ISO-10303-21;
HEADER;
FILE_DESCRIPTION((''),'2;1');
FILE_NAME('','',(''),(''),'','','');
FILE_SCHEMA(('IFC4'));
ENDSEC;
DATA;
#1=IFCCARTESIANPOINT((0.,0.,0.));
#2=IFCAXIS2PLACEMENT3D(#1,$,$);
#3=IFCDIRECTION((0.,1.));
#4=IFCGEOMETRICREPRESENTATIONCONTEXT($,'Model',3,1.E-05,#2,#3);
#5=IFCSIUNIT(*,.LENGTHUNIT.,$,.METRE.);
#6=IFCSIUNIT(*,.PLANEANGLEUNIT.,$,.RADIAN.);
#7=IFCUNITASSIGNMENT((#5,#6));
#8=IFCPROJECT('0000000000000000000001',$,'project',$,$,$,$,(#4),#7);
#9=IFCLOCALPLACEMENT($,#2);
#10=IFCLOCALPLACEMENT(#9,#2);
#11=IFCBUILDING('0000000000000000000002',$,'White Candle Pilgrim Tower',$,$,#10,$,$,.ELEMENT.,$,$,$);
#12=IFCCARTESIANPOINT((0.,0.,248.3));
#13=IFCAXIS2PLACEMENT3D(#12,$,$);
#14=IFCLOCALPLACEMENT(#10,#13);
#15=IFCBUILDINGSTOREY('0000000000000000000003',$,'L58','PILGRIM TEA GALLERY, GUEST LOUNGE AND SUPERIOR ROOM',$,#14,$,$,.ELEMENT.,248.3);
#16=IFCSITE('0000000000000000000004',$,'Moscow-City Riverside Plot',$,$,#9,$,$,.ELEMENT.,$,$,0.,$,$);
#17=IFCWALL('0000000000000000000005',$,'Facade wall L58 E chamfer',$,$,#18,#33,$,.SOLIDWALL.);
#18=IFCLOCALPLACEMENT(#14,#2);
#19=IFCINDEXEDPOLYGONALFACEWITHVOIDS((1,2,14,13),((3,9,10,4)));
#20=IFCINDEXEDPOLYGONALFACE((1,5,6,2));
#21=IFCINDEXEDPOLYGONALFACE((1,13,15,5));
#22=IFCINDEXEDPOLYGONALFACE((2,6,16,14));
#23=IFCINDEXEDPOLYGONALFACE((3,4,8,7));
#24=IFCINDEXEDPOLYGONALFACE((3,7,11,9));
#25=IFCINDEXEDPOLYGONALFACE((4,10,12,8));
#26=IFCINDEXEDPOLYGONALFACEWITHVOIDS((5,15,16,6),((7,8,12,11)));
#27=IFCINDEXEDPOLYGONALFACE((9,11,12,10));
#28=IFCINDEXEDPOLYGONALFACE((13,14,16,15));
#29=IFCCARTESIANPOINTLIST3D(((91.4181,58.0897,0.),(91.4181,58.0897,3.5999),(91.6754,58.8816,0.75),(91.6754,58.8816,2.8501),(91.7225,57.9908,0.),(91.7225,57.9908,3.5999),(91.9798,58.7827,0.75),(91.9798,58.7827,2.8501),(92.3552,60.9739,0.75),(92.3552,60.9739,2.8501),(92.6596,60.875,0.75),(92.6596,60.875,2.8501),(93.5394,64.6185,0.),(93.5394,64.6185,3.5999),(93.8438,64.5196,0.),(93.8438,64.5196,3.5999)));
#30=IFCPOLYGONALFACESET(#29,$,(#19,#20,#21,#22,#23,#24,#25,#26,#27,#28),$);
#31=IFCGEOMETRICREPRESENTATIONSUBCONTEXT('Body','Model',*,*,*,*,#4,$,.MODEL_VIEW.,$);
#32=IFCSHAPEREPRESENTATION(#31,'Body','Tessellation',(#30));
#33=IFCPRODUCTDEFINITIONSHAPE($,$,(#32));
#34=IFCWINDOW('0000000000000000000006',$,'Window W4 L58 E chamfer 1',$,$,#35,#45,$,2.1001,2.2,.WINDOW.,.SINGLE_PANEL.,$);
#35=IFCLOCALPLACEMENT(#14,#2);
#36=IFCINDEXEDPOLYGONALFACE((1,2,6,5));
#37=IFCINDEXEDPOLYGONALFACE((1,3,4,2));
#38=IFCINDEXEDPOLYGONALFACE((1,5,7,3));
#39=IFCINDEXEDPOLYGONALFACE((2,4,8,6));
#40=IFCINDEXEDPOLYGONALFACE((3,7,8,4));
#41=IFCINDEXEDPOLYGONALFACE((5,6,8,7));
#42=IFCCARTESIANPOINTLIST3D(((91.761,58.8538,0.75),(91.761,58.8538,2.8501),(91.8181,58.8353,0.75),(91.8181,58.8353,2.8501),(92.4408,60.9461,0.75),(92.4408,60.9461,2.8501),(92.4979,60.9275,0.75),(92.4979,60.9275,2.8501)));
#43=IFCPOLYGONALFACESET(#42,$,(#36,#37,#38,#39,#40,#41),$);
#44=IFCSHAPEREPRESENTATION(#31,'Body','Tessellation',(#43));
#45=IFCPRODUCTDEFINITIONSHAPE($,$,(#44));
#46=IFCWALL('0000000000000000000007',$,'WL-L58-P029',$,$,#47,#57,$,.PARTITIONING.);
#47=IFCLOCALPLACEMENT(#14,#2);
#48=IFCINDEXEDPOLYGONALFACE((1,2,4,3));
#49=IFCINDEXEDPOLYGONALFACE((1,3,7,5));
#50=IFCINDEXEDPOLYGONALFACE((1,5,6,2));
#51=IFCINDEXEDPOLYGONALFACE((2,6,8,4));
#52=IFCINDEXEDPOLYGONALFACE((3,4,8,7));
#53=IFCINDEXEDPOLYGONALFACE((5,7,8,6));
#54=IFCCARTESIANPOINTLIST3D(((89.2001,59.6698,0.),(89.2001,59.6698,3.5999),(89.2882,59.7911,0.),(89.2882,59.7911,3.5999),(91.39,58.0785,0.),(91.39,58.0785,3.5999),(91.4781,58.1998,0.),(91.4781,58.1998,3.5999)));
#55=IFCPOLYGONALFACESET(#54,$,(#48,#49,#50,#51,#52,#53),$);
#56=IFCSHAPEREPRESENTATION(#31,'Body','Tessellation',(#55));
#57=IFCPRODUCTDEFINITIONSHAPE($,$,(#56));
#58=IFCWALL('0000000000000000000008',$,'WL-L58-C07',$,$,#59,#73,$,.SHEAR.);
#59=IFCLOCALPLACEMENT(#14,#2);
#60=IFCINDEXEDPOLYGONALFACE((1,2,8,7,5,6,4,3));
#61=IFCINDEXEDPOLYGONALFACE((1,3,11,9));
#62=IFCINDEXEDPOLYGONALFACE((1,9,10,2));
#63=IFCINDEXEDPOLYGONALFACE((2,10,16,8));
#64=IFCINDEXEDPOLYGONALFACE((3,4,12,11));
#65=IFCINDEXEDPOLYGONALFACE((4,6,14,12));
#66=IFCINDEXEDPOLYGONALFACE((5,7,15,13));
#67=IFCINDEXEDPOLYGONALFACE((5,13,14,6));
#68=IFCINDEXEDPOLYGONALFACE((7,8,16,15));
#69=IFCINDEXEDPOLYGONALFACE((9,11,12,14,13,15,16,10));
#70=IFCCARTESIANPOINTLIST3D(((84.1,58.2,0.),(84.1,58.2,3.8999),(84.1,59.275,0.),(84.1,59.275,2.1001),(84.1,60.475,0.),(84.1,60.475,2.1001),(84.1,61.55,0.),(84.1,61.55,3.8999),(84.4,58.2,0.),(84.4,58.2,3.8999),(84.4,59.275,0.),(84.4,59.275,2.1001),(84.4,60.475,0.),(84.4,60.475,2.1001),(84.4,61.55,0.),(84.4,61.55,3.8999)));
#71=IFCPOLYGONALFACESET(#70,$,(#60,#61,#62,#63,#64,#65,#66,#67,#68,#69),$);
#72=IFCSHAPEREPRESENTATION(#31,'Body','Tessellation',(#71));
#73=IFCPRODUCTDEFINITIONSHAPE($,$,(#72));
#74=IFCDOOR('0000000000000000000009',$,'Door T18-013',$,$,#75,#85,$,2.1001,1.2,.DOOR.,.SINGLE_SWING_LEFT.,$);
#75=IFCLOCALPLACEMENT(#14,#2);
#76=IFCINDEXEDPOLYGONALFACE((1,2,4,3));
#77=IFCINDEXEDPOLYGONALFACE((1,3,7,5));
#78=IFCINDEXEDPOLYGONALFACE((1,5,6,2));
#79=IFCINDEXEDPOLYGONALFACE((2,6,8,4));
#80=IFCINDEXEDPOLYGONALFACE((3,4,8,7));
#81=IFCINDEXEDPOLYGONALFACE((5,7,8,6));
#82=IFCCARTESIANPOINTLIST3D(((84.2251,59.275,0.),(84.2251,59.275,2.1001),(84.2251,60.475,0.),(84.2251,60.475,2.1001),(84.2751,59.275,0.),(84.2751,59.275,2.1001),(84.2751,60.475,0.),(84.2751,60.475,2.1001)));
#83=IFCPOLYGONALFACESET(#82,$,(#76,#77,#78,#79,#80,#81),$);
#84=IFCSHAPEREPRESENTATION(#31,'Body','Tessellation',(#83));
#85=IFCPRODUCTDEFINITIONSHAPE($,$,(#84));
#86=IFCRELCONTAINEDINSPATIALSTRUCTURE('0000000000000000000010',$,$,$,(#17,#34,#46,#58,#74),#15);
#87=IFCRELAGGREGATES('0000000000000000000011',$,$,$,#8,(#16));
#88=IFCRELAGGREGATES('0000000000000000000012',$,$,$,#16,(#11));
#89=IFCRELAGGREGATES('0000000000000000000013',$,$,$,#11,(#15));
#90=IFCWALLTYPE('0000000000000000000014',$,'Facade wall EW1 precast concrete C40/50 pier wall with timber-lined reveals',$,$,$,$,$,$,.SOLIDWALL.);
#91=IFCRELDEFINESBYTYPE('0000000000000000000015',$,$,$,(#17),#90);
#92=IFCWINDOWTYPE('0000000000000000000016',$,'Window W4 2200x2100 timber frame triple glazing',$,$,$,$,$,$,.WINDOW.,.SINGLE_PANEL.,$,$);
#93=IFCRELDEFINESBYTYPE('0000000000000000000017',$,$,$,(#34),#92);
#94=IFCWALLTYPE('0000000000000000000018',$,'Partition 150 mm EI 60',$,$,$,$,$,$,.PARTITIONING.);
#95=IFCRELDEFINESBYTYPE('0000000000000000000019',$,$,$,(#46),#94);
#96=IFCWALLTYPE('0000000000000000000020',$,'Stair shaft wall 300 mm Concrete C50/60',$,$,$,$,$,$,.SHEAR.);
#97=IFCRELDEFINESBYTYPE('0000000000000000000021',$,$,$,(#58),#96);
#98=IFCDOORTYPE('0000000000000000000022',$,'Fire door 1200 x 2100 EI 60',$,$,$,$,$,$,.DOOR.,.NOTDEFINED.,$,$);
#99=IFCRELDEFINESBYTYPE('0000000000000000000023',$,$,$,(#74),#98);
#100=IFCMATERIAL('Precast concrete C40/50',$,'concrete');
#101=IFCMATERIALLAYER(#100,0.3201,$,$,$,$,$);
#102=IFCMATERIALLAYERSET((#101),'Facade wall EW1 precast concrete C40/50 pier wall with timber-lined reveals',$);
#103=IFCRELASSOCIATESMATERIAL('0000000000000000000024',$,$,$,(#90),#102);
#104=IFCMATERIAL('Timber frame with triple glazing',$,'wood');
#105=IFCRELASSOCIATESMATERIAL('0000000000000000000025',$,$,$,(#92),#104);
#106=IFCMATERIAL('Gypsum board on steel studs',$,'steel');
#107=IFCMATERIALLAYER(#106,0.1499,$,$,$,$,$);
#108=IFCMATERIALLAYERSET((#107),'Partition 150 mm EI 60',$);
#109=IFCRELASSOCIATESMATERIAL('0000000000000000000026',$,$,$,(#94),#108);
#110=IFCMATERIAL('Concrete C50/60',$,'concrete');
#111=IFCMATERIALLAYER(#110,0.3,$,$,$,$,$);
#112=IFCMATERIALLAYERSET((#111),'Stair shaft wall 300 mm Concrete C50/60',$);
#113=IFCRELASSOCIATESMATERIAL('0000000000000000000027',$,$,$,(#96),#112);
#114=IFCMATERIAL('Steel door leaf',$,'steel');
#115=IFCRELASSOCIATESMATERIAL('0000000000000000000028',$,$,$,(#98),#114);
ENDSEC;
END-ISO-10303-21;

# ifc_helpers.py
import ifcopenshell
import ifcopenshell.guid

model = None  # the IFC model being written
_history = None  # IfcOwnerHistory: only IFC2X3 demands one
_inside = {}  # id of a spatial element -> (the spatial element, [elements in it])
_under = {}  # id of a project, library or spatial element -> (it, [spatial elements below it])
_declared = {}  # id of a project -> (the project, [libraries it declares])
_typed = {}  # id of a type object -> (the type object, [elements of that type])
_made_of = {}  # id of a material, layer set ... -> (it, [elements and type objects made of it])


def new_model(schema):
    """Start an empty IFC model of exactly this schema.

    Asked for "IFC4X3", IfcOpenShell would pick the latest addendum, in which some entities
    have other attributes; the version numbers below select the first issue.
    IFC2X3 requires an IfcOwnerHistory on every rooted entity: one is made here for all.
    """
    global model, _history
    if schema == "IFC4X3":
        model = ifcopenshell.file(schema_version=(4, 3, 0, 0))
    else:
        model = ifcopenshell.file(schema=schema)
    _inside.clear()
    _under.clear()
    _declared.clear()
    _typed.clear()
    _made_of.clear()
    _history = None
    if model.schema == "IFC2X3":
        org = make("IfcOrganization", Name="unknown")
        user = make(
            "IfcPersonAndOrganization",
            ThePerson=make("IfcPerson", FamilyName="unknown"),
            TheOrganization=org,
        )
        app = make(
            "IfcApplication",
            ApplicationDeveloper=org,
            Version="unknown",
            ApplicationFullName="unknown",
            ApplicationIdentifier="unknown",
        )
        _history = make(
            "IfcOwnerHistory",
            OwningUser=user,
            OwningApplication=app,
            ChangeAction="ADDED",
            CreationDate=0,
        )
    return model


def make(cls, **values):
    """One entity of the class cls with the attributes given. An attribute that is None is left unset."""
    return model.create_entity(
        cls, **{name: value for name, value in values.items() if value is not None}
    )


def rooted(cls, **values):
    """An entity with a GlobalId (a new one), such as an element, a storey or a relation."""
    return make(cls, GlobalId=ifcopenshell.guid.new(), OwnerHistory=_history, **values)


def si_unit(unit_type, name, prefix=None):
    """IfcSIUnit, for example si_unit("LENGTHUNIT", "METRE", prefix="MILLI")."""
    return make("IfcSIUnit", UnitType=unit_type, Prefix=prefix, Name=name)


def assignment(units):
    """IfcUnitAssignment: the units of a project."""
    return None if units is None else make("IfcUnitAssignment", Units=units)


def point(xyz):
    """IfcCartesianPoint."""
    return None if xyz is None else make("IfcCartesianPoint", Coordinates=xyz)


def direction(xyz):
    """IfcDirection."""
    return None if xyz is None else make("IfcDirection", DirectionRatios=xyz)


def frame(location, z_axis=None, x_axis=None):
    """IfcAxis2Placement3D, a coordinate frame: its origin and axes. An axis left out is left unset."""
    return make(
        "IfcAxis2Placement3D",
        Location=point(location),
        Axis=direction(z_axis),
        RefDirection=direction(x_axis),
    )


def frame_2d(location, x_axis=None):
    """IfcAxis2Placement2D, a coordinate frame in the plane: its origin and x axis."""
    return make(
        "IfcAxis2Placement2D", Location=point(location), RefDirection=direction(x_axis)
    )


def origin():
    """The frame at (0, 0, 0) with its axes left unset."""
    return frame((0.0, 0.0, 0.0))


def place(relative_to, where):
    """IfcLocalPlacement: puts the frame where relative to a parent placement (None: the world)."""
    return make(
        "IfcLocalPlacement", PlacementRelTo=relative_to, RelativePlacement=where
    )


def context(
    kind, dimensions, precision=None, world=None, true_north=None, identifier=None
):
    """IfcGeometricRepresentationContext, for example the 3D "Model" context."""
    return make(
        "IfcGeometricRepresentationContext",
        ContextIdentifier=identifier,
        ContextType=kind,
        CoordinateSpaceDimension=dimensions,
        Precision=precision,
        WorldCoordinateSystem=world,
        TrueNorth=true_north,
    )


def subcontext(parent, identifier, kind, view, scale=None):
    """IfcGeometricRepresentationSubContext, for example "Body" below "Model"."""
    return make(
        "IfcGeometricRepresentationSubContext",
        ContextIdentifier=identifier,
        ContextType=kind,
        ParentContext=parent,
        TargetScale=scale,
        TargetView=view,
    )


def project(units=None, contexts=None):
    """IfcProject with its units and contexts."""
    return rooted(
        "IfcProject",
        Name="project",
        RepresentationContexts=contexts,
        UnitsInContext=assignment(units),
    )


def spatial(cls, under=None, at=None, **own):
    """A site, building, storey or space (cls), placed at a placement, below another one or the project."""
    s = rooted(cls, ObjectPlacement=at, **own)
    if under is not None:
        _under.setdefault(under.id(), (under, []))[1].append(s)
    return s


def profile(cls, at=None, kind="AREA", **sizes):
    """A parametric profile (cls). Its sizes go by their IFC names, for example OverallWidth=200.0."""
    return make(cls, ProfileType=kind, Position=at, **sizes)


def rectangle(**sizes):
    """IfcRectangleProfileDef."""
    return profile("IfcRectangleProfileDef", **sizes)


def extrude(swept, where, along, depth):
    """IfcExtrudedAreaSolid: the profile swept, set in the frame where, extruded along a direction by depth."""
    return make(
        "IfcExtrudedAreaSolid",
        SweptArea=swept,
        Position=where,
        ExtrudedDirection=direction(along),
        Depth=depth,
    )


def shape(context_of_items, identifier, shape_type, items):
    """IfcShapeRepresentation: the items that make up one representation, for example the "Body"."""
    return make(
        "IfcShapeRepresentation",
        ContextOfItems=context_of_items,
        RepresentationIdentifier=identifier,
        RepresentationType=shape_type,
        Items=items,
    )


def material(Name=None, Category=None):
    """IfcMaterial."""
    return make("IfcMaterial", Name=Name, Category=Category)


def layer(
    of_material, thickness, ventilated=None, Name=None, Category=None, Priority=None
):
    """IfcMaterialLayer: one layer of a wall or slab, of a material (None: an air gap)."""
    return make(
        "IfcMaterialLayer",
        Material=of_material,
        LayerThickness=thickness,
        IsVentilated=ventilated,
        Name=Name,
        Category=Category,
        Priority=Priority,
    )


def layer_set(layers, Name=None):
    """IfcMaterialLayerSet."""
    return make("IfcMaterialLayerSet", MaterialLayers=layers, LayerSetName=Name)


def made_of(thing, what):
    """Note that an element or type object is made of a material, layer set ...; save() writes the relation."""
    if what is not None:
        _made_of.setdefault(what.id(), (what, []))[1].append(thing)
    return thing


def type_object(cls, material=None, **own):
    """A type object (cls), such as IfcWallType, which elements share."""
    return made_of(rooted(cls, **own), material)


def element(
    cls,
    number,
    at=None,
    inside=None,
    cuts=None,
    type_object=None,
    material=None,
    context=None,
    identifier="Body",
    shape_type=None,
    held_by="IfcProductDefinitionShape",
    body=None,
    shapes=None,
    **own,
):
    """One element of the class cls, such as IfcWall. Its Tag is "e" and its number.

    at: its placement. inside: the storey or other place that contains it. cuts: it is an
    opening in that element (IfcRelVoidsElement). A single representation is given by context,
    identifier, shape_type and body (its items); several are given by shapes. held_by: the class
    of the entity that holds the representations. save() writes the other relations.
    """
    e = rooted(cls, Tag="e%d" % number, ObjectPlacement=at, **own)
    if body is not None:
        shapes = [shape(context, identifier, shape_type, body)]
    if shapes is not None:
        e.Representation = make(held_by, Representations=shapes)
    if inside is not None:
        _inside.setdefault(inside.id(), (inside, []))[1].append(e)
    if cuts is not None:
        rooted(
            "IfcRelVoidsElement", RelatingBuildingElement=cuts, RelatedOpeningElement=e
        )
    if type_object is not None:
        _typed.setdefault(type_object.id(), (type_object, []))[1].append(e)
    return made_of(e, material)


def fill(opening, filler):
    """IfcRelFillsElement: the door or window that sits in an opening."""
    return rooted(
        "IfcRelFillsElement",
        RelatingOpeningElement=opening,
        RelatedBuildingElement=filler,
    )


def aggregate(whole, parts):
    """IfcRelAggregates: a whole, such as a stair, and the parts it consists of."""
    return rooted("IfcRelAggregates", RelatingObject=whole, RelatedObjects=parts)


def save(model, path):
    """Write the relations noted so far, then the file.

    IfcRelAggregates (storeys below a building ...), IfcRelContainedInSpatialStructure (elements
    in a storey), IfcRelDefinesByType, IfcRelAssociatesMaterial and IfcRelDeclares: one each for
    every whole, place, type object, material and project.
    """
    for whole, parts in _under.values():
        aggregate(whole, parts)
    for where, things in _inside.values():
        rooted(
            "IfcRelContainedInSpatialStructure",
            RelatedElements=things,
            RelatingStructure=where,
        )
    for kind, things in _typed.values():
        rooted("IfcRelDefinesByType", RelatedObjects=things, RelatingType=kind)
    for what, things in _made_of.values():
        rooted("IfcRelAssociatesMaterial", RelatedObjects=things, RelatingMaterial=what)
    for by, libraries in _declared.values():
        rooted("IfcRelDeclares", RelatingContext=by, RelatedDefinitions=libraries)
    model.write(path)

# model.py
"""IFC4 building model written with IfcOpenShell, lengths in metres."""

from ifc_helpers import new_model, si_unit, direction, frame, frame_2d, origin, place, context, subcontext, project, spatial, rectangle, extrude, material, layer, layer_set, type_object, element, fill, save


model = new_model("IFC4")

# Units and contexts
model_context = context("Model", 3, precision=1e-05, world=origin(), true_north=direction((0.0, 1.0)))
body_context = subcontext(model_context, "Body", "Model", "MODEL_VIEW")
ifc_project = project(units=[si_unit("LENGTHUNIT", "METRE"), si_unit("PLANEANGLEUNIT", "RADIAN")], contexts=[model_context])

# Site, building, storey
site_placement = place(None, origin())
site = spatial("IfcSite", under=ifc_project, at=site_placement, Name="Moscow-City Riverside Plot", CompositionType="ELEMENT", RefElevation=0.0)
building_placement = place(site_placement, origin())
building = spatial("IfcBuilding", under=site, at=building_placement, Name="White Candle Pilgrim Tower", CompositionType="ELEMENT")
storey_placement = place(building_placement, frame((0.0, 0.0, 248.3)))
storey = spatial("IfcBuildingStorey", under=building, at=storey_placement, Name="L58", Description="PILGRIM TEA GALLERY, GUEST LOUNGE AND SUPERIOR ROOM", CompositionType="ELEMENT", Elevation=248.3)

# Shared definitions
ifc_material_1 = material(Name="Concrete C50/60", Category="concrete")

# Shared definitions
ifc_material_2 = material(Name="Gypsum board on steel studs", Category="steel")
ifc_material_3 = material(Name="Steel door leaf", Category="steel")

# Wall, opening, window
ifc_material_4 = material(Name="Precast concrete C40/50", Category="concrete")
ifc_layer_1 = layer(ifc_material_4, 0.3201)
ifc_layer_set_1 = layer_set([ifc_layer_1], Name="Facade wall EW1 precast concrete C40/50 pier wall with timber-lined reveals")
wall_type_1 = type_object("IfcWallType", Name="Facade wall EW1 precast concrete C40/50 pier wall with timber-lined reveals", PredefinedType="SOLIDWALL", material=ifc_layer_set_1)
wall_1_placement = place(storey_placement, frame((91.5703, 58.0403, 0.0), z_axis=(0.0, 0.0, 1.0), x_axis=(0.309017, 0.951057, 0.0)))
wall_1 = element("IfcWall", 1, at=wall_1_placement, inside=storey, type_object=wall_type_1, Name="Facade wall L58 E chamfer", PredefinedType="SOLIDWALL", context=body_context, shape_type="SweptSolid", body=[
    extrude(rectangle(XDim=6.8647, YDim=0.3201, at=frame_2d((3.4324, 0.0))), origin(), (0.0, 0.0, 1.0), 3.5999),
])
opening_1_placement = place(wall_1_placement, frame((0.8325, 0.0, 0.75)))
opening_1 = element("IfcOpeningElement", 2, at=opening_1_placement, cuts=wall_1, PredefinedType="OPENING", context=body_context, shape_type="SweptSolid", body=[
    extrude(rectangle(XDim=2.2, YDim=2.1001, at=frame_2d((1.1001, 1.05))), frame((0.0, 0.1699, 0.0), z_axis=(0.0, -1.0, 0.0), x_axis=(1.0, 0.0, 0.0)), (0.0, 0.0, 1.0), 0.3401),
])
ifc_material_5 = material(Name="Timber frame with triple glazing", Category="wood")
window_type = type_object("IfcWindowType", Name="Window W4 2200x2100 timber frame triple glazing", PartitioningType="SINGLE_PANEL", PredefinedType="WINDOW", material=ifc_material_5)
window_placement = place(opening_1_placement, origin())
window = element("IfcWindow", 3, at=window_placement, inside=storey, type_object=window_type, Name="Window W4 L58 E chamfer 1", OverallHeight=2.1001, OverallWidth=2.2, PartitioningType="SINGLE_PANEL", PredefinedType="WINDOW", context=body_context, shape_type="SweptSolid", body=[
    extrude(rectangle(XDim=2.2, YDim=2.1001, at=frame_2d((1.1001, 1.05))), frame((0.0, 0.0701, 0.0), z_axis=(0.0, -1.0, 0.0), x_axis=(1.0, 0.0, 0.0)), (0.0, 0.0, 1.0), 0.0601),
])
fill(opening_1, window)

# Wall
ifc_layer_2 = layer(ifc_material_2, 0.1499)
ifc_layer_set_2 = layer_set([ifc_layer_2], Name="Partition 150 mm EI 60")
wall_type_2 = type_object("IfcWallType", Name="Partition 150 mm EI 60", PredefinedType="PARTITIONING", material=ifc_layer_set_2)
wall_2_placement = place(storey_placement, frame((91.4341, 58.1392, 0.0), z_axis=(0.0, 0.0, 1.0), x_axis=(-0.808978, 0.587839, 0.0)))
element("IfcWall", 4, at=wall_2_placement, inside=storey, type_object=wall_type_2, Name="WL-L58-P029", PredefinedType="PARTITIONING", context=body_context, shape_type="SweptSolid", body=[
    extrude(rectangle(XDim=2.707, YDim=0.1499, at=frame_2d((1.3535, 0.0))), origin(), (0.0, 0.0, 1.0), 3.5999),
])

# Wall, opening, door
ifc_layer_3 = layer(ifc_material_1, 0.3)
ifc_layer_set_3 = layer_set([ifc_layer_3], Name="Stair shaft wall 300 mm Concrete C50/60")
wall_type_3 = type_object("IfcWallType", Name="Stair shaft wall 300 mm Concrete C50/60", PredefinedType="SHEAR", material=ifc_layer_set_3)
wall_3_placement = place(storey_placement, frame((84.25, 58.2, 0.0), z_axis=(0.0, 0.0, 1.0), x_axis=(0.0, 1.0, 0.0)))
wall_3 = element("IfcWall", 5, at=wall_3_placement, inside=storey, type_object=wall_type_3, Name="WL-L58-C07", PredefinedType="SHEAR", context=body_context, shape_type="SweptSolid", body=[
    extrude(rectangle(XDim=3.3501, YDim=0.3, at=frame_2d((1.675, 0.0))), origin(), (0.0, 0.0, 1.0), 3.8999),
])
opening_2_placement = place(wall_3_placement, frame((1.075, 0.0, 0.0)))
opening_2 = element("IfcOpeningElement", 6, at=opening_2_placement, cuts=wall_3, PredefinedType="OPENING", context=body_context, shape_type="SweptSolid", body=[
    extrude(rectangle(XDim=1.2, YDim=2.1001, at=frame_2d((0.6001, 1.05))), frame((0.0, 0.1599, 0.0), z_axis=(0.0, -1.0, 0.0), x_axis=(1.0, 0.0, 0.0)), (0.0, 0.0, 1.0), 0.3201),
])
door_type_1 = type_object("IfcDoorType", Name="Fire door 1200 x 2100 EI 60", OperationType="NOTDEFINED", PredefinedType="DOOR", material=ifc_material_3)
door_1_placement = place(opening_2_placement, origin())
door_1 = element("IfcDoor", 7, at=door_1_placement, inside=storey, type_object=door_type_1, Name="Door T18-013", OperationType="SINGLE_SWING_LEFT", OverallHeight=2.1001, OverallWidth=1.2, PredefinedType="DOOR", context=body_context, shape_type="SweptSolid", body=[
    extrude(rectangle(XDim=1.2, YDim=2.1001, at=frame_2d((0.6001, 1.05))), frame((0.0, 0.0249, 0.0), z_axis=(0.0, -1.0, 0.0), x_axis=(1.0, 0.0, 0.0)), (0.0, 0.0, 1.0), 0.05),
])
fill(opening_2, door_1)

save(model, "model.ifc")
